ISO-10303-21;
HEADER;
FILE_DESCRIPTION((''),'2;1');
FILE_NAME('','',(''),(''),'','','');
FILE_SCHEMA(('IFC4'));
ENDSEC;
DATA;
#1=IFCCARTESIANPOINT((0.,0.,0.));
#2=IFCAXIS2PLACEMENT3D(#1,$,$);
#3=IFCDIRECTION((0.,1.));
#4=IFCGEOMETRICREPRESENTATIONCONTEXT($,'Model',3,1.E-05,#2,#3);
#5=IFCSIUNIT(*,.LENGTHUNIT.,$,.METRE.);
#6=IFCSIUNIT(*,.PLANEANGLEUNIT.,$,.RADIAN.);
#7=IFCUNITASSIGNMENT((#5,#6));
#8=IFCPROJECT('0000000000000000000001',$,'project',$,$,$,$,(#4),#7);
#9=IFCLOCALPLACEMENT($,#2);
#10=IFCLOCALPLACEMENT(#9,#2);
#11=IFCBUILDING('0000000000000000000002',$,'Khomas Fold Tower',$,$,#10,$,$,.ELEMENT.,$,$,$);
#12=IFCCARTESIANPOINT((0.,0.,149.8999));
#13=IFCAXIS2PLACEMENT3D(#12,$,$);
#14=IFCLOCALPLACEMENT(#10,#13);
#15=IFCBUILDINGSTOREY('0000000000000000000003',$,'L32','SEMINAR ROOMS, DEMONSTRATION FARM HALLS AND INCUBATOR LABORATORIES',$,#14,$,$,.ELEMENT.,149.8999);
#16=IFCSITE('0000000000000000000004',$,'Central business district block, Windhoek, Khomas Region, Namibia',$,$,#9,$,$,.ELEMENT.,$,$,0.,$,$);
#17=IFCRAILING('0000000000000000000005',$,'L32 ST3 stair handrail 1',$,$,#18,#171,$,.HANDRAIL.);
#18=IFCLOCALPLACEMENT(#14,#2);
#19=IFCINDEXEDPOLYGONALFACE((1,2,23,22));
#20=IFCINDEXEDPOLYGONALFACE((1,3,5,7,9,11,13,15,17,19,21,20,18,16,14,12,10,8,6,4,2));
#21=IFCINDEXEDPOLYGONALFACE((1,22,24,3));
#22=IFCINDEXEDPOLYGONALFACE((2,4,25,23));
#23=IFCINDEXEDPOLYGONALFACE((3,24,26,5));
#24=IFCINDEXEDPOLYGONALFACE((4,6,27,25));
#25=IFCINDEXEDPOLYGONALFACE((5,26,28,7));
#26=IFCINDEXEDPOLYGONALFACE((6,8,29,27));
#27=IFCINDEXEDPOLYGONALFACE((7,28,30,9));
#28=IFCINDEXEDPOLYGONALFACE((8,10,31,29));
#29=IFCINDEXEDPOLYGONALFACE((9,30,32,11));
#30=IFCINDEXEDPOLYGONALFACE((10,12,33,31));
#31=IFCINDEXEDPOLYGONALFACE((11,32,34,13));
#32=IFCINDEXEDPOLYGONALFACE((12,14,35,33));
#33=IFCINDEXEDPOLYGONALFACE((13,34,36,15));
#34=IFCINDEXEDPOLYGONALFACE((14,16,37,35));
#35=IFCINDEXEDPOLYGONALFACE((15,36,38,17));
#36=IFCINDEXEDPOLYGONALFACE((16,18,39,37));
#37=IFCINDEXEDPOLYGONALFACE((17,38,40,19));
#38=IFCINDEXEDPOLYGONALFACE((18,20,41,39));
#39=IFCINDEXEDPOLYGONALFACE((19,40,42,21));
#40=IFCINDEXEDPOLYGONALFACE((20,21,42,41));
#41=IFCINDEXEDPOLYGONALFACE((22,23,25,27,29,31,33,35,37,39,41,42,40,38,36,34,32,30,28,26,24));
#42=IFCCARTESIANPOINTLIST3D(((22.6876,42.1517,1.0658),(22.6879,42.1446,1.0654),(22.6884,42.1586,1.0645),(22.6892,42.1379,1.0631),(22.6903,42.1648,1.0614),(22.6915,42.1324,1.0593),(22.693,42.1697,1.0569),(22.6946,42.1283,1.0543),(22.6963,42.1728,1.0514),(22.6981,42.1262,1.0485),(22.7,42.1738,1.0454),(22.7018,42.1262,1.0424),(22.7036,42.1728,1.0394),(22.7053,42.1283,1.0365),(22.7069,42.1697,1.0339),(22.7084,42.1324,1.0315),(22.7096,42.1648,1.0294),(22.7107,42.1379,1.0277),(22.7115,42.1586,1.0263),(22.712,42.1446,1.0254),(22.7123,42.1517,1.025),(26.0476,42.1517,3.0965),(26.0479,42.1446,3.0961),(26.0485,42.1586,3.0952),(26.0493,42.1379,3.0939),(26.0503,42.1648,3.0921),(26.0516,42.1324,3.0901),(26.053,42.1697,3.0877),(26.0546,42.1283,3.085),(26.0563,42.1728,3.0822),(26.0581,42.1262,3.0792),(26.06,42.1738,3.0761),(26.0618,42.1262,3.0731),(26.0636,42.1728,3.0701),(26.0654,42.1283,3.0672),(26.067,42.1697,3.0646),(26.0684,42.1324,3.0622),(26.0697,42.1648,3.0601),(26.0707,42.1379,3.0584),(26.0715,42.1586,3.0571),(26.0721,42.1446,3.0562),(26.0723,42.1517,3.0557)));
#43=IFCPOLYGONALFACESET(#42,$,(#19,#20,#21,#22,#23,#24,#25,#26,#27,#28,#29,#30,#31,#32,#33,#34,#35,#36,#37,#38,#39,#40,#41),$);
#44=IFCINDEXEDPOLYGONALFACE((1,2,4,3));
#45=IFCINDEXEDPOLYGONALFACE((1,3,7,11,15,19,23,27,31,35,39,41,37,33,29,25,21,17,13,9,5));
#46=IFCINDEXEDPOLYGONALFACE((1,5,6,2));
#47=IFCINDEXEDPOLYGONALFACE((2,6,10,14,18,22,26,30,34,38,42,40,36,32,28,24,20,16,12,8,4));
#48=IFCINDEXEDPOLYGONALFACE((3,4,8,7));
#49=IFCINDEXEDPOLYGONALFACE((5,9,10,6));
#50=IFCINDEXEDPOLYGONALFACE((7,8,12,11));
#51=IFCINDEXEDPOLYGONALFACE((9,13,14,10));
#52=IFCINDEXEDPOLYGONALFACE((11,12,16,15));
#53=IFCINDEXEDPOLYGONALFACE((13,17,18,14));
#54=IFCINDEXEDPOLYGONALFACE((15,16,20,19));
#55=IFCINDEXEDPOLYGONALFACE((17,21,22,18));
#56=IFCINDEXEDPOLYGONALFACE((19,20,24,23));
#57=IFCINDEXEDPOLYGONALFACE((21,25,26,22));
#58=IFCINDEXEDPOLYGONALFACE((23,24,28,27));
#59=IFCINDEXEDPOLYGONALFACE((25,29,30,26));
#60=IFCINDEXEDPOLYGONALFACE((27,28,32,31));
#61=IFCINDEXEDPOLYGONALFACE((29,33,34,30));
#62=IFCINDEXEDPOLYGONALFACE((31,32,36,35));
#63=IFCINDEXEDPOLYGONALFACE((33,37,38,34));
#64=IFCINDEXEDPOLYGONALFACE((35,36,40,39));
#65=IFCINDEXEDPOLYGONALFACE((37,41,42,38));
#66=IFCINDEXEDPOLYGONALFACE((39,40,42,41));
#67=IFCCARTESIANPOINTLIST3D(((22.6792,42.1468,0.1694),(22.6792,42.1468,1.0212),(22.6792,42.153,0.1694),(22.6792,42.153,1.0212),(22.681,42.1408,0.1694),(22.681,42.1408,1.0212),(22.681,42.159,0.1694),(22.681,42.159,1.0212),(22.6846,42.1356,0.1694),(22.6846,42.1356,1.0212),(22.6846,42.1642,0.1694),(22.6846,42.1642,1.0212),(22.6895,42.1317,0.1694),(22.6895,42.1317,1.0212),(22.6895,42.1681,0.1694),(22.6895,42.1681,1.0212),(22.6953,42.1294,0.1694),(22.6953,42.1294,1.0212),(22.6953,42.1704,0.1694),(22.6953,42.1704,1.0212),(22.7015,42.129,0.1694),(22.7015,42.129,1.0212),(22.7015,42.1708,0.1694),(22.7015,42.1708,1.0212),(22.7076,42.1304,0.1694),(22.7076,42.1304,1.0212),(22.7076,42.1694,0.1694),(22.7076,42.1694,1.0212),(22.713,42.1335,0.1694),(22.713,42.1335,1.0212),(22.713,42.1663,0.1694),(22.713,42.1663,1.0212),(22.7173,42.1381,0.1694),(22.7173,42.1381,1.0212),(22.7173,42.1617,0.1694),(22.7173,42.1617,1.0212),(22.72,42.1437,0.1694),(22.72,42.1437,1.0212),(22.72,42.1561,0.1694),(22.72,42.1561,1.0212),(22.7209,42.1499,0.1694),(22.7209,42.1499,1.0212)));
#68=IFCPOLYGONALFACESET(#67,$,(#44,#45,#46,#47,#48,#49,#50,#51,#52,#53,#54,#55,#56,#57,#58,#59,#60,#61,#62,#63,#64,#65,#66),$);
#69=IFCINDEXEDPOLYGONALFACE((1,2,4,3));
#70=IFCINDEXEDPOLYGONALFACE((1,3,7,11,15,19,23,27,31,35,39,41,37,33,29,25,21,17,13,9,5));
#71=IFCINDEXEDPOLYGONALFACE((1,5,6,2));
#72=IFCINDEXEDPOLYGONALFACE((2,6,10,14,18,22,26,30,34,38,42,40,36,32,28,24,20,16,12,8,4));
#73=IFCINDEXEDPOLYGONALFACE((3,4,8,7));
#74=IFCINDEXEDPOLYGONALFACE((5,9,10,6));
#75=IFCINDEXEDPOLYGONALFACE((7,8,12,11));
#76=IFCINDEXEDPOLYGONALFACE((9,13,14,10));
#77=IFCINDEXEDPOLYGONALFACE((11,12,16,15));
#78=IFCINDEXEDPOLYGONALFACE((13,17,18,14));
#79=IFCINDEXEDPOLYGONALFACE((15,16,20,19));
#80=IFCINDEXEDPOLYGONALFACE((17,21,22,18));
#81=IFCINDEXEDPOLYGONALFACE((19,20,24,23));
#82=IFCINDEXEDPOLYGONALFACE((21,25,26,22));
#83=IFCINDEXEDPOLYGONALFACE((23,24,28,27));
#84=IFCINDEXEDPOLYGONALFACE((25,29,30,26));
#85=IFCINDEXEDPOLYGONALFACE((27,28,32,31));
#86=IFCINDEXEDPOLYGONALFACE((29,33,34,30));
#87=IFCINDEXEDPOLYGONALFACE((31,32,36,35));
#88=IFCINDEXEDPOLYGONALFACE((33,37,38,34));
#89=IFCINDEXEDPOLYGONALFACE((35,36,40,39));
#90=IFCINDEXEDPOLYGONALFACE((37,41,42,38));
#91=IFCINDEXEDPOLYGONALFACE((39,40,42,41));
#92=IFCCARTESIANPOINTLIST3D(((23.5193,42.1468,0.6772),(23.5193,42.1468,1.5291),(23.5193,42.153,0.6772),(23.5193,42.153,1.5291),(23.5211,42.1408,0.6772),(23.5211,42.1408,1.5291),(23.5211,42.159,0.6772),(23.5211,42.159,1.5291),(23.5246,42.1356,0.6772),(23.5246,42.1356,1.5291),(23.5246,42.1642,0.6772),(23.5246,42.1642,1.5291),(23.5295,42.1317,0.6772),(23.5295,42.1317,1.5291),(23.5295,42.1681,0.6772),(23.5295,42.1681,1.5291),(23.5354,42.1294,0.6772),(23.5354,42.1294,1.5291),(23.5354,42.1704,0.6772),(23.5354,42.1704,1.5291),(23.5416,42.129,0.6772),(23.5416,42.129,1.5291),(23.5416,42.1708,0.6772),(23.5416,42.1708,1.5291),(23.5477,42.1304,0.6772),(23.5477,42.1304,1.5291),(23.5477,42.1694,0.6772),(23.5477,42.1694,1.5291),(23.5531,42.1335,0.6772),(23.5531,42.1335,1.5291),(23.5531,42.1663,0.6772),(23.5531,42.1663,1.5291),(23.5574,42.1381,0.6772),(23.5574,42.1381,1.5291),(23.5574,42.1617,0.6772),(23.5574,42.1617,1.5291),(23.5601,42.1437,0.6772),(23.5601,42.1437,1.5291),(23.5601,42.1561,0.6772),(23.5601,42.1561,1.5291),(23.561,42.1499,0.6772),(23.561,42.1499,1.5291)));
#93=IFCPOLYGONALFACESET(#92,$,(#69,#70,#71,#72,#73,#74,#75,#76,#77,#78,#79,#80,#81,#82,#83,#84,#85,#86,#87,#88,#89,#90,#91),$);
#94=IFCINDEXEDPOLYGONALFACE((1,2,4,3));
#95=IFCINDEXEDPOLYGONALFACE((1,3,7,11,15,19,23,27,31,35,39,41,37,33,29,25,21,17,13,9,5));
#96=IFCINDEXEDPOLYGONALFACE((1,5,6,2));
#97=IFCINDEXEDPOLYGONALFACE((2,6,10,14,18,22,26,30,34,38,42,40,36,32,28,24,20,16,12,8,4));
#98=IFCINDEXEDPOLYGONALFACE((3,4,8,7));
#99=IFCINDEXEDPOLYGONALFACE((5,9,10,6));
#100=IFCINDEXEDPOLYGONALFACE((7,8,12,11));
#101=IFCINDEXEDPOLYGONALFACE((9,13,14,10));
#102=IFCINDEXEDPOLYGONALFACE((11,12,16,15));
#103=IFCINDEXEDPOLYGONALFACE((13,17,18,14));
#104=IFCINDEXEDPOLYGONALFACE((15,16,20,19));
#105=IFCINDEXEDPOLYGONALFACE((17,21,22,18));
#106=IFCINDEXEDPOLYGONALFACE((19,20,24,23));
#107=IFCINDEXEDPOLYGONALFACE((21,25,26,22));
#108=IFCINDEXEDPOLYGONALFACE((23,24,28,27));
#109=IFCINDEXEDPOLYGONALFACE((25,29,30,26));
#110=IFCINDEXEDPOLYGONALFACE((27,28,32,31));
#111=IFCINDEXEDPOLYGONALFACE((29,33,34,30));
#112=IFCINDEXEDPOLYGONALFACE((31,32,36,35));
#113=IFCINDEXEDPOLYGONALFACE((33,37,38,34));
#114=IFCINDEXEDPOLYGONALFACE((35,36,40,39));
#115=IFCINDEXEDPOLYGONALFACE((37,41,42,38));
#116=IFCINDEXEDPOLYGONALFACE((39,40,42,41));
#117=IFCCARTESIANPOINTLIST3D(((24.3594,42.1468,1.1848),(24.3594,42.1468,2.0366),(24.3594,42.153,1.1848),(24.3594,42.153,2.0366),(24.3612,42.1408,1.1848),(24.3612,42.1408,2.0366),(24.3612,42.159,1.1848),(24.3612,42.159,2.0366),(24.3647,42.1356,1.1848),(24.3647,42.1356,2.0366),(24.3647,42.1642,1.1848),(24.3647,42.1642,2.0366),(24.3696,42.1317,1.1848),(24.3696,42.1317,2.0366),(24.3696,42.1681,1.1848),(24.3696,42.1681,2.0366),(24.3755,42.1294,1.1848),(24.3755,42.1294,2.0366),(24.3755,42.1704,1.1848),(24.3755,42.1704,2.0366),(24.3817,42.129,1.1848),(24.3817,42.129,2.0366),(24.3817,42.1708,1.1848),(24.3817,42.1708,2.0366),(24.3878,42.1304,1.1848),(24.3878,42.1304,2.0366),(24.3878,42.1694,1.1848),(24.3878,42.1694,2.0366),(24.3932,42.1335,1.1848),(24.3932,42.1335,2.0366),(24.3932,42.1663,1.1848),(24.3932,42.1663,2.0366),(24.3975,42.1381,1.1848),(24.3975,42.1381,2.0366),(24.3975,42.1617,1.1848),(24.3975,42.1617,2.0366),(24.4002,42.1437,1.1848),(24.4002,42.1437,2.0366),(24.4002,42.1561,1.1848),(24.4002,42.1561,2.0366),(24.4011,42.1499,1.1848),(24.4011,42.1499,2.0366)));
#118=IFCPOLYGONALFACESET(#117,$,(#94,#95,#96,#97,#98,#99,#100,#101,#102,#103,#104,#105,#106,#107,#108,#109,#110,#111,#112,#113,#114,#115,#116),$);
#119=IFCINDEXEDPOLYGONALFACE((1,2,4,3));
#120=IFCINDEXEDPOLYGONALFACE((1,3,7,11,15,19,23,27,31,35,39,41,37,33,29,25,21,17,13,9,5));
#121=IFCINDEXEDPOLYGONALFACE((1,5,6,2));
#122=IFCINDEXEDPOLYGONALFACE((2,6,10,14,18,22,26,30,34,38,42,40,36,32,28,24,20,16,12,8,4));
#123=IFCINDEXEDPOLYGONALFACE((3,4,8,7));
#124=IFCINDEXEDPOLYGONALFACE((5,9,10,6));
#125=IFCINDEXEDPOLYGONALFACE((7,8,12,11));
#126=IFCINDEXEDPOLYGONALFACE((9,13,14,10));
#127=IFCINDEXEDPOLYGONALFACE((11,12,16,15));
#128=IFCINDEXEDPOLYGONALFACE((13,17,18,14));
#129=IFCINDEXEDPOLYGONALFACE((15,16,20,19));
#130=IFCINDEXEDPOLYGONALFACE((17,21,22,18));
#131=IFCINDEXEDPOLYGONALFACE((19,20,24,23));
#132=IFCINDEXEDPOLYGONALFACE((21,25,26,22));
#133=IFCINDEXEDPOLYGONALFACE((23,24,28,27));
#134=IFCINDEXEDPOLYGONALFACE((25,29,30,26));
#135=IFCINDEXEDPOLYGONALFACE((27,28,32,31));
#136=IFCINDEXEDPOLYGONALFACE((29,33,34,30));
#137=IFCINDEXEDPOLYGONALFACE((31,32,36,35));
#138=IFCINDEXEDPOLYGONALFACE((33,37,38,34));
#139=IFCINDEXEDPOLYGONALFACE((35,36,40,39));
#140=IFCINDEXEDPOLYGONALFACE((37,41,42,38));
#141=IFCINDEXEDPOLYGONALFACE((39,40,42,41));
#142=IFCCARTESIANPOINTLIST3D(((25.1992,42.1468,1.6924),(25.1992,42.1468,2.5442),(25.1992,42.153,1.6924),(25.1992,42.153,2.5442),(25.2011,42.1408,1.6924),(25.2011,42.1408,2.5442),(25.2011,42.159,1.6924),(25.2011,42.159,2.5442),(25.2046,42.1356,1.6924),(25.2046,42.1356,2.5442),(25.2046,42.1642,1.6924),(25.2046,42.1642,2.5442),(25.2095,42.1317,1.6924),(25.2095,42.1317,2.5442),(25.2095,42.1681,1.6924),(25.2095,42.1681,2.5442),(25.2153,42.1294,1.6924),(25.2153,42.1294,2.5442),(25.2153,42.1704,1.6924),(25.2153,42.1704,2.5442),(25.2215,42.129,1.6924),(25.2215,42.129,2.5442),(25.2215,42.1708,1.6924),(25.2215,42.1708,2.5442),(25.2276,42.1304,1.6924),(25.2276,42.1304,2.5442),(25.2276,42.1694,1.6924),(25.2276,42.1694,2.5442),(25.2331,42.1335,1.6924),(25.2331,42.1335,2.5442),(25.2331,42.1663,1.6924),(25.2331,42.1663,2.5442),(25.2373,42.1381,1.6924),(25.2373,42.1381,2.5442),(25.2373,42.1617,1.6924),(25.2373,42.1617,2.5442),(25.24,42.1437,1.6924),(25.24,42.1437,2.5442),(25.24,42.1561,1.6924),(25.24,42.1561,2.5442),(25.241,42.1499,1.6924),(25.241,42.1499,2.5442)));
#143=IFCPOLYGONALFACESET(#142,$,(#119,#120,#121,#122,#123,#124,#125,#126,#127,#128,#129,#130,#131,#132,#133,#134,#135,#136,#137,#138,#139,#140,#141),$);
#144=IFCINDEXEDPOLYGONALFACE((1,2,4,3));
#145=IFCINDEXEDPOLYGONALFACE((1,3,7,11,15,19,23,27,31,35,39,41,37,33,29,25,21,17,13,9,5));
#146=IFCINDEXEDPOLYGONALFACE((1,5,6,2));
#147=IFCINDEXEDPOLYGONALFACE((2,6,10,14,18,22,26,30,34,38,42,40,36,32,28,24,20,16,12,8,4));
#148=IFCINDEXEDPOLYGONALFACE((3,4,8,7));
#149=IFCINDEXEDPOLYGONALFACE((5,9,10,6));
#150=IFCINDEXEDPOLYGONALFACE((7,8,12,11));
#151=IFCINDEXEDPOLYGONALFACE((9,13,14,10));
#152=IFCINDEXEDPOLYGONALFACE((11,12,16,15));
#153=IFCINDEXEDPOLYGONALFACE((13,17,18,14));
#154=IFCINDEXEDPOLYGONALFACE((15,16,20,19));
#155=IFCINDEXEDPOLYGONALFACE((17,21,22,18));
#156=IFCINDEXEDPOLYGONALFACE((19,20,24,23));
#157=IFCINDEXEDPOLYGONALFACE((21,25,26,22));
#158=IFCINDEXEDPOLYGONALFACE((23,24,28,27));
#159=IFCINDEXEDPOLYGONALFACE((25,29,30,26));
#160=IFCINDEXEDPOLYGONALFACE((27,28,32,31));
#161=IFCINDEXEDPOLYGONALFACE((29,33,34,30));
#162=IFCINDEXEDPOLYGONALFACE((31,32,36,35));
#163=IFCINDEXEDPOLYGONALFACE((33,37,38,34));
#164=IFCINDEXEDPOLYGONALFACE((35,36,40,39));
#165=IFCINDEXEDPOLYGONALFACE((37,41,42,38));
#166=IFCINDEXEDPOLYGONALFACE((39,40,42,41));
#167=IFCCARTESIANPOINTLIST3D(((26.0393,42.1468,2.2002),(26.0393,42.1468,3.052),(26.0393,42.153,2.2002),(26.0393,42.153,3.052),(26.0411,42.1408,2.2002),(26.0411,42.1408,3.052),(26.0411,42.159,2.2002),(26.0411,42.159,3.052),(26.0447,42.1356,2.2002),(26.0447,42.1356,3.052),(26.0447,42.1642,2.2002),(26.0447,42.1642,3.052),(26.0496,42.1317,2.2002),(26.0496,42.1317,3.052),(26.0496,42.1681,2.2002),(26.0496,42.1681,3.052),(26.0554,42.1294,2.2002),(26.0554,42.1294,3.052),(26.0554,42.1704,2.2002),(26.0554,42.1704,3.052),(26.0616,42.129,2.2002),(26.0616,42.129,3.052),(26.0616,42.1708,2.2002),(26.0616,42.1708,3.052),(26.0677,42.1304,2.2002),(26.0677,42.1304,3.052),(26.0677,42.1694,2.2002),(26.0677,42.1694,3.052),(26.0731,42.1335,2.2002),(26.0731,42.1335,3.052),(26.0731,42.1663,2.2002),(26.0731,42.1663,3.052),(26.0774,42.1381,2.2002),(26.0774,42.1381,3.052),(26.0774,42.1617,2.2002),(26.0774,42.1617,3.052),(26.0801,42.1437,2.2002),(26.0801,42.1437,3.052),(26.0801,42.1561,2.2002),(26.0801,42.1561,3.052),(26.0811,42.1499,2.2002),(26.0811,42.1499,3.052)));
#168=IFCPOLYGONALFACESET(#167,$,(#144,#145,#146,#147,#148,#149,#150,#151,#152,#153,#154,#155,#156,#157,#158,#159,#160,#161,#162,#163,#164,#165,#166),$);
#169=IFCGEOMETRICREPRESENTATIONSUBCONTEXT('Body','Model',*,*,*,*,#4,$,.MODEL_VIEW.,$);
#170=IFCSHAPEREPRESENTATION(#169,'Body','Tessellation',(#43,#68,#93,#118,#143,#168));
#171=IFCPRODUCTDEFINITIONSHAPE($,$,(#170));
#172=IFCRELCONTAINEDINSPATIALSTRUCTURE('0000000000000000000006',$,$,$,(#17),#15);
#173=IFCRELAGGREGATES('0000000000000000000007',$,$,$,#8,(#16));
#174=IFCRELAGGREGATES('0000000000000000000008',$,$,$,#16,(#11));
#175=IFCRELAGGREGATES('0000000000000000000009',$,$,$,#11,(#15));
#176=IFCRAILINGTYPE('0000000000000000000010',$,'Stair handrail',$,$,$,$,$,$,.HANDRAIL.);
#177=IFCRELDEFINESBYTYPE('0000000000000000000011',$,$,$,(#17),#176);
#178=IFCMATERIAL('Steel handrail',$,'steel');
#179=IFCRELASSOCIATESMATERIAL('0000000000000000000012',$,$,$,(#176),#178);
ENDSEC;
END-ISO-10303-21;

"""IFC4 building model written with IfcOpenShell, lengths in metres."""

from ifc_helpers import new_model, si_unit, direction, frame, origin, origin_2d, place, context, subcontext, project, spatial, circle, extrude, source, transform, mapped, material, type_object, element, save


model = new_model("IFC4")

# Units and contexts
model_context = context("Model", 3, precision=1e-05, world=origin(), true_north=direction((0.0, 1.0)))
body_context = subcontext(model_context, "Body", "Model", "MODEL_VIEW")
ifc_project = project(units=[si_unit("LENGTHUNIT", "METRE"), si_unit("PLANEANGLEUNIT", "RADIAN")], contexts=[model_context])

# Site, building, storey
site_placement = place(None, origin())
site = spatial("IfcSite", under=ifc_project, at=site_placement, Name="Central business district block, Windhoek, Khomas Region, Namibia", CompositionType="ELEMENT", RefElevation=0.0)
building_placement = place(site_placement, origin())
building = spatial("IfcBuilding", under=site, at=building_placement, Name="Khomas Fold Tower", CompositionType="ELEMENT")
storey_placement = place(building_placement, frame((0.0, 0.0, 149.8999)))
storey = spatial("IfcBuildingStorey", under=building, at=storey_placement, Name="L32", Description="SEMINAR ROOMS, DEMONSTRATION FARM HALLS AND INCUBATOR LABORATORIES", CompositionType="ELEMENT", Elevation=149.8999)

# Railing
ifc_material_1 = material(Name="Steel handrail", Category="steel")
railing_type_1 = type_object("IfcRailingType", Name="Stair handrail", PredefinedType="HANDRAIL", material=ifc_material_1)
shared_shape_1 = source(origin(), body_context, "Body", "SweptSolid", [
    extrude(circle(Radius=0.0239, at=origin_2d()), frame((0.0, 0.0, 0.876), z_axis=(0.855837, 0.0, 0.517246), x_axis=(0.0, 1.0, 0.0)), (0.0, 0.0, 1.0), 3.926),
    extrude(circle(Radius=0.021, at=origin_2d()), origin(), (0.0, 0.0, 1.0), 0.8518),
    extrude(circle(Radius=0.021, at=origin_2d()), frame((0.8401, 0.0, 0.5078)), (0.0, 0.0, 1.0), 0.8518),
    extrude(circle(Radius=0.021, at=origin_2d()), frame((1.6802, 0.0, 1.0154)), (0.0, 0.0, 1.0), 0.8518),
    extrude(circle(Radius=0.021, at=origin_2d()), frame((2.52, 0.0, 1.5229)), (0.0, 0.0, 1.0), 0.8518),
    extrude(circle(Radius=0.021, at=origin_2d()), frame((3.3601, 0.0, 2.0308)), (0.0, 0.0, 1.0), 0.8518),
])
railing_1_placement = place(storey_placement, frame((22.7, 42.1499, 0.1694)))
element("IfcRailing", 1, at=railing_1_placement, inside=storey, type_object=railing_type_1, Name="L32 ST3 stair handrail 1", PredefinedType="HANDRAIL", context=body_context, shape_type="MappedRepresentation", body=[
    mapped(shared_shape_1, transform((0.0, 0.0, 0.0))),
])

save(model, "model.ifc")
